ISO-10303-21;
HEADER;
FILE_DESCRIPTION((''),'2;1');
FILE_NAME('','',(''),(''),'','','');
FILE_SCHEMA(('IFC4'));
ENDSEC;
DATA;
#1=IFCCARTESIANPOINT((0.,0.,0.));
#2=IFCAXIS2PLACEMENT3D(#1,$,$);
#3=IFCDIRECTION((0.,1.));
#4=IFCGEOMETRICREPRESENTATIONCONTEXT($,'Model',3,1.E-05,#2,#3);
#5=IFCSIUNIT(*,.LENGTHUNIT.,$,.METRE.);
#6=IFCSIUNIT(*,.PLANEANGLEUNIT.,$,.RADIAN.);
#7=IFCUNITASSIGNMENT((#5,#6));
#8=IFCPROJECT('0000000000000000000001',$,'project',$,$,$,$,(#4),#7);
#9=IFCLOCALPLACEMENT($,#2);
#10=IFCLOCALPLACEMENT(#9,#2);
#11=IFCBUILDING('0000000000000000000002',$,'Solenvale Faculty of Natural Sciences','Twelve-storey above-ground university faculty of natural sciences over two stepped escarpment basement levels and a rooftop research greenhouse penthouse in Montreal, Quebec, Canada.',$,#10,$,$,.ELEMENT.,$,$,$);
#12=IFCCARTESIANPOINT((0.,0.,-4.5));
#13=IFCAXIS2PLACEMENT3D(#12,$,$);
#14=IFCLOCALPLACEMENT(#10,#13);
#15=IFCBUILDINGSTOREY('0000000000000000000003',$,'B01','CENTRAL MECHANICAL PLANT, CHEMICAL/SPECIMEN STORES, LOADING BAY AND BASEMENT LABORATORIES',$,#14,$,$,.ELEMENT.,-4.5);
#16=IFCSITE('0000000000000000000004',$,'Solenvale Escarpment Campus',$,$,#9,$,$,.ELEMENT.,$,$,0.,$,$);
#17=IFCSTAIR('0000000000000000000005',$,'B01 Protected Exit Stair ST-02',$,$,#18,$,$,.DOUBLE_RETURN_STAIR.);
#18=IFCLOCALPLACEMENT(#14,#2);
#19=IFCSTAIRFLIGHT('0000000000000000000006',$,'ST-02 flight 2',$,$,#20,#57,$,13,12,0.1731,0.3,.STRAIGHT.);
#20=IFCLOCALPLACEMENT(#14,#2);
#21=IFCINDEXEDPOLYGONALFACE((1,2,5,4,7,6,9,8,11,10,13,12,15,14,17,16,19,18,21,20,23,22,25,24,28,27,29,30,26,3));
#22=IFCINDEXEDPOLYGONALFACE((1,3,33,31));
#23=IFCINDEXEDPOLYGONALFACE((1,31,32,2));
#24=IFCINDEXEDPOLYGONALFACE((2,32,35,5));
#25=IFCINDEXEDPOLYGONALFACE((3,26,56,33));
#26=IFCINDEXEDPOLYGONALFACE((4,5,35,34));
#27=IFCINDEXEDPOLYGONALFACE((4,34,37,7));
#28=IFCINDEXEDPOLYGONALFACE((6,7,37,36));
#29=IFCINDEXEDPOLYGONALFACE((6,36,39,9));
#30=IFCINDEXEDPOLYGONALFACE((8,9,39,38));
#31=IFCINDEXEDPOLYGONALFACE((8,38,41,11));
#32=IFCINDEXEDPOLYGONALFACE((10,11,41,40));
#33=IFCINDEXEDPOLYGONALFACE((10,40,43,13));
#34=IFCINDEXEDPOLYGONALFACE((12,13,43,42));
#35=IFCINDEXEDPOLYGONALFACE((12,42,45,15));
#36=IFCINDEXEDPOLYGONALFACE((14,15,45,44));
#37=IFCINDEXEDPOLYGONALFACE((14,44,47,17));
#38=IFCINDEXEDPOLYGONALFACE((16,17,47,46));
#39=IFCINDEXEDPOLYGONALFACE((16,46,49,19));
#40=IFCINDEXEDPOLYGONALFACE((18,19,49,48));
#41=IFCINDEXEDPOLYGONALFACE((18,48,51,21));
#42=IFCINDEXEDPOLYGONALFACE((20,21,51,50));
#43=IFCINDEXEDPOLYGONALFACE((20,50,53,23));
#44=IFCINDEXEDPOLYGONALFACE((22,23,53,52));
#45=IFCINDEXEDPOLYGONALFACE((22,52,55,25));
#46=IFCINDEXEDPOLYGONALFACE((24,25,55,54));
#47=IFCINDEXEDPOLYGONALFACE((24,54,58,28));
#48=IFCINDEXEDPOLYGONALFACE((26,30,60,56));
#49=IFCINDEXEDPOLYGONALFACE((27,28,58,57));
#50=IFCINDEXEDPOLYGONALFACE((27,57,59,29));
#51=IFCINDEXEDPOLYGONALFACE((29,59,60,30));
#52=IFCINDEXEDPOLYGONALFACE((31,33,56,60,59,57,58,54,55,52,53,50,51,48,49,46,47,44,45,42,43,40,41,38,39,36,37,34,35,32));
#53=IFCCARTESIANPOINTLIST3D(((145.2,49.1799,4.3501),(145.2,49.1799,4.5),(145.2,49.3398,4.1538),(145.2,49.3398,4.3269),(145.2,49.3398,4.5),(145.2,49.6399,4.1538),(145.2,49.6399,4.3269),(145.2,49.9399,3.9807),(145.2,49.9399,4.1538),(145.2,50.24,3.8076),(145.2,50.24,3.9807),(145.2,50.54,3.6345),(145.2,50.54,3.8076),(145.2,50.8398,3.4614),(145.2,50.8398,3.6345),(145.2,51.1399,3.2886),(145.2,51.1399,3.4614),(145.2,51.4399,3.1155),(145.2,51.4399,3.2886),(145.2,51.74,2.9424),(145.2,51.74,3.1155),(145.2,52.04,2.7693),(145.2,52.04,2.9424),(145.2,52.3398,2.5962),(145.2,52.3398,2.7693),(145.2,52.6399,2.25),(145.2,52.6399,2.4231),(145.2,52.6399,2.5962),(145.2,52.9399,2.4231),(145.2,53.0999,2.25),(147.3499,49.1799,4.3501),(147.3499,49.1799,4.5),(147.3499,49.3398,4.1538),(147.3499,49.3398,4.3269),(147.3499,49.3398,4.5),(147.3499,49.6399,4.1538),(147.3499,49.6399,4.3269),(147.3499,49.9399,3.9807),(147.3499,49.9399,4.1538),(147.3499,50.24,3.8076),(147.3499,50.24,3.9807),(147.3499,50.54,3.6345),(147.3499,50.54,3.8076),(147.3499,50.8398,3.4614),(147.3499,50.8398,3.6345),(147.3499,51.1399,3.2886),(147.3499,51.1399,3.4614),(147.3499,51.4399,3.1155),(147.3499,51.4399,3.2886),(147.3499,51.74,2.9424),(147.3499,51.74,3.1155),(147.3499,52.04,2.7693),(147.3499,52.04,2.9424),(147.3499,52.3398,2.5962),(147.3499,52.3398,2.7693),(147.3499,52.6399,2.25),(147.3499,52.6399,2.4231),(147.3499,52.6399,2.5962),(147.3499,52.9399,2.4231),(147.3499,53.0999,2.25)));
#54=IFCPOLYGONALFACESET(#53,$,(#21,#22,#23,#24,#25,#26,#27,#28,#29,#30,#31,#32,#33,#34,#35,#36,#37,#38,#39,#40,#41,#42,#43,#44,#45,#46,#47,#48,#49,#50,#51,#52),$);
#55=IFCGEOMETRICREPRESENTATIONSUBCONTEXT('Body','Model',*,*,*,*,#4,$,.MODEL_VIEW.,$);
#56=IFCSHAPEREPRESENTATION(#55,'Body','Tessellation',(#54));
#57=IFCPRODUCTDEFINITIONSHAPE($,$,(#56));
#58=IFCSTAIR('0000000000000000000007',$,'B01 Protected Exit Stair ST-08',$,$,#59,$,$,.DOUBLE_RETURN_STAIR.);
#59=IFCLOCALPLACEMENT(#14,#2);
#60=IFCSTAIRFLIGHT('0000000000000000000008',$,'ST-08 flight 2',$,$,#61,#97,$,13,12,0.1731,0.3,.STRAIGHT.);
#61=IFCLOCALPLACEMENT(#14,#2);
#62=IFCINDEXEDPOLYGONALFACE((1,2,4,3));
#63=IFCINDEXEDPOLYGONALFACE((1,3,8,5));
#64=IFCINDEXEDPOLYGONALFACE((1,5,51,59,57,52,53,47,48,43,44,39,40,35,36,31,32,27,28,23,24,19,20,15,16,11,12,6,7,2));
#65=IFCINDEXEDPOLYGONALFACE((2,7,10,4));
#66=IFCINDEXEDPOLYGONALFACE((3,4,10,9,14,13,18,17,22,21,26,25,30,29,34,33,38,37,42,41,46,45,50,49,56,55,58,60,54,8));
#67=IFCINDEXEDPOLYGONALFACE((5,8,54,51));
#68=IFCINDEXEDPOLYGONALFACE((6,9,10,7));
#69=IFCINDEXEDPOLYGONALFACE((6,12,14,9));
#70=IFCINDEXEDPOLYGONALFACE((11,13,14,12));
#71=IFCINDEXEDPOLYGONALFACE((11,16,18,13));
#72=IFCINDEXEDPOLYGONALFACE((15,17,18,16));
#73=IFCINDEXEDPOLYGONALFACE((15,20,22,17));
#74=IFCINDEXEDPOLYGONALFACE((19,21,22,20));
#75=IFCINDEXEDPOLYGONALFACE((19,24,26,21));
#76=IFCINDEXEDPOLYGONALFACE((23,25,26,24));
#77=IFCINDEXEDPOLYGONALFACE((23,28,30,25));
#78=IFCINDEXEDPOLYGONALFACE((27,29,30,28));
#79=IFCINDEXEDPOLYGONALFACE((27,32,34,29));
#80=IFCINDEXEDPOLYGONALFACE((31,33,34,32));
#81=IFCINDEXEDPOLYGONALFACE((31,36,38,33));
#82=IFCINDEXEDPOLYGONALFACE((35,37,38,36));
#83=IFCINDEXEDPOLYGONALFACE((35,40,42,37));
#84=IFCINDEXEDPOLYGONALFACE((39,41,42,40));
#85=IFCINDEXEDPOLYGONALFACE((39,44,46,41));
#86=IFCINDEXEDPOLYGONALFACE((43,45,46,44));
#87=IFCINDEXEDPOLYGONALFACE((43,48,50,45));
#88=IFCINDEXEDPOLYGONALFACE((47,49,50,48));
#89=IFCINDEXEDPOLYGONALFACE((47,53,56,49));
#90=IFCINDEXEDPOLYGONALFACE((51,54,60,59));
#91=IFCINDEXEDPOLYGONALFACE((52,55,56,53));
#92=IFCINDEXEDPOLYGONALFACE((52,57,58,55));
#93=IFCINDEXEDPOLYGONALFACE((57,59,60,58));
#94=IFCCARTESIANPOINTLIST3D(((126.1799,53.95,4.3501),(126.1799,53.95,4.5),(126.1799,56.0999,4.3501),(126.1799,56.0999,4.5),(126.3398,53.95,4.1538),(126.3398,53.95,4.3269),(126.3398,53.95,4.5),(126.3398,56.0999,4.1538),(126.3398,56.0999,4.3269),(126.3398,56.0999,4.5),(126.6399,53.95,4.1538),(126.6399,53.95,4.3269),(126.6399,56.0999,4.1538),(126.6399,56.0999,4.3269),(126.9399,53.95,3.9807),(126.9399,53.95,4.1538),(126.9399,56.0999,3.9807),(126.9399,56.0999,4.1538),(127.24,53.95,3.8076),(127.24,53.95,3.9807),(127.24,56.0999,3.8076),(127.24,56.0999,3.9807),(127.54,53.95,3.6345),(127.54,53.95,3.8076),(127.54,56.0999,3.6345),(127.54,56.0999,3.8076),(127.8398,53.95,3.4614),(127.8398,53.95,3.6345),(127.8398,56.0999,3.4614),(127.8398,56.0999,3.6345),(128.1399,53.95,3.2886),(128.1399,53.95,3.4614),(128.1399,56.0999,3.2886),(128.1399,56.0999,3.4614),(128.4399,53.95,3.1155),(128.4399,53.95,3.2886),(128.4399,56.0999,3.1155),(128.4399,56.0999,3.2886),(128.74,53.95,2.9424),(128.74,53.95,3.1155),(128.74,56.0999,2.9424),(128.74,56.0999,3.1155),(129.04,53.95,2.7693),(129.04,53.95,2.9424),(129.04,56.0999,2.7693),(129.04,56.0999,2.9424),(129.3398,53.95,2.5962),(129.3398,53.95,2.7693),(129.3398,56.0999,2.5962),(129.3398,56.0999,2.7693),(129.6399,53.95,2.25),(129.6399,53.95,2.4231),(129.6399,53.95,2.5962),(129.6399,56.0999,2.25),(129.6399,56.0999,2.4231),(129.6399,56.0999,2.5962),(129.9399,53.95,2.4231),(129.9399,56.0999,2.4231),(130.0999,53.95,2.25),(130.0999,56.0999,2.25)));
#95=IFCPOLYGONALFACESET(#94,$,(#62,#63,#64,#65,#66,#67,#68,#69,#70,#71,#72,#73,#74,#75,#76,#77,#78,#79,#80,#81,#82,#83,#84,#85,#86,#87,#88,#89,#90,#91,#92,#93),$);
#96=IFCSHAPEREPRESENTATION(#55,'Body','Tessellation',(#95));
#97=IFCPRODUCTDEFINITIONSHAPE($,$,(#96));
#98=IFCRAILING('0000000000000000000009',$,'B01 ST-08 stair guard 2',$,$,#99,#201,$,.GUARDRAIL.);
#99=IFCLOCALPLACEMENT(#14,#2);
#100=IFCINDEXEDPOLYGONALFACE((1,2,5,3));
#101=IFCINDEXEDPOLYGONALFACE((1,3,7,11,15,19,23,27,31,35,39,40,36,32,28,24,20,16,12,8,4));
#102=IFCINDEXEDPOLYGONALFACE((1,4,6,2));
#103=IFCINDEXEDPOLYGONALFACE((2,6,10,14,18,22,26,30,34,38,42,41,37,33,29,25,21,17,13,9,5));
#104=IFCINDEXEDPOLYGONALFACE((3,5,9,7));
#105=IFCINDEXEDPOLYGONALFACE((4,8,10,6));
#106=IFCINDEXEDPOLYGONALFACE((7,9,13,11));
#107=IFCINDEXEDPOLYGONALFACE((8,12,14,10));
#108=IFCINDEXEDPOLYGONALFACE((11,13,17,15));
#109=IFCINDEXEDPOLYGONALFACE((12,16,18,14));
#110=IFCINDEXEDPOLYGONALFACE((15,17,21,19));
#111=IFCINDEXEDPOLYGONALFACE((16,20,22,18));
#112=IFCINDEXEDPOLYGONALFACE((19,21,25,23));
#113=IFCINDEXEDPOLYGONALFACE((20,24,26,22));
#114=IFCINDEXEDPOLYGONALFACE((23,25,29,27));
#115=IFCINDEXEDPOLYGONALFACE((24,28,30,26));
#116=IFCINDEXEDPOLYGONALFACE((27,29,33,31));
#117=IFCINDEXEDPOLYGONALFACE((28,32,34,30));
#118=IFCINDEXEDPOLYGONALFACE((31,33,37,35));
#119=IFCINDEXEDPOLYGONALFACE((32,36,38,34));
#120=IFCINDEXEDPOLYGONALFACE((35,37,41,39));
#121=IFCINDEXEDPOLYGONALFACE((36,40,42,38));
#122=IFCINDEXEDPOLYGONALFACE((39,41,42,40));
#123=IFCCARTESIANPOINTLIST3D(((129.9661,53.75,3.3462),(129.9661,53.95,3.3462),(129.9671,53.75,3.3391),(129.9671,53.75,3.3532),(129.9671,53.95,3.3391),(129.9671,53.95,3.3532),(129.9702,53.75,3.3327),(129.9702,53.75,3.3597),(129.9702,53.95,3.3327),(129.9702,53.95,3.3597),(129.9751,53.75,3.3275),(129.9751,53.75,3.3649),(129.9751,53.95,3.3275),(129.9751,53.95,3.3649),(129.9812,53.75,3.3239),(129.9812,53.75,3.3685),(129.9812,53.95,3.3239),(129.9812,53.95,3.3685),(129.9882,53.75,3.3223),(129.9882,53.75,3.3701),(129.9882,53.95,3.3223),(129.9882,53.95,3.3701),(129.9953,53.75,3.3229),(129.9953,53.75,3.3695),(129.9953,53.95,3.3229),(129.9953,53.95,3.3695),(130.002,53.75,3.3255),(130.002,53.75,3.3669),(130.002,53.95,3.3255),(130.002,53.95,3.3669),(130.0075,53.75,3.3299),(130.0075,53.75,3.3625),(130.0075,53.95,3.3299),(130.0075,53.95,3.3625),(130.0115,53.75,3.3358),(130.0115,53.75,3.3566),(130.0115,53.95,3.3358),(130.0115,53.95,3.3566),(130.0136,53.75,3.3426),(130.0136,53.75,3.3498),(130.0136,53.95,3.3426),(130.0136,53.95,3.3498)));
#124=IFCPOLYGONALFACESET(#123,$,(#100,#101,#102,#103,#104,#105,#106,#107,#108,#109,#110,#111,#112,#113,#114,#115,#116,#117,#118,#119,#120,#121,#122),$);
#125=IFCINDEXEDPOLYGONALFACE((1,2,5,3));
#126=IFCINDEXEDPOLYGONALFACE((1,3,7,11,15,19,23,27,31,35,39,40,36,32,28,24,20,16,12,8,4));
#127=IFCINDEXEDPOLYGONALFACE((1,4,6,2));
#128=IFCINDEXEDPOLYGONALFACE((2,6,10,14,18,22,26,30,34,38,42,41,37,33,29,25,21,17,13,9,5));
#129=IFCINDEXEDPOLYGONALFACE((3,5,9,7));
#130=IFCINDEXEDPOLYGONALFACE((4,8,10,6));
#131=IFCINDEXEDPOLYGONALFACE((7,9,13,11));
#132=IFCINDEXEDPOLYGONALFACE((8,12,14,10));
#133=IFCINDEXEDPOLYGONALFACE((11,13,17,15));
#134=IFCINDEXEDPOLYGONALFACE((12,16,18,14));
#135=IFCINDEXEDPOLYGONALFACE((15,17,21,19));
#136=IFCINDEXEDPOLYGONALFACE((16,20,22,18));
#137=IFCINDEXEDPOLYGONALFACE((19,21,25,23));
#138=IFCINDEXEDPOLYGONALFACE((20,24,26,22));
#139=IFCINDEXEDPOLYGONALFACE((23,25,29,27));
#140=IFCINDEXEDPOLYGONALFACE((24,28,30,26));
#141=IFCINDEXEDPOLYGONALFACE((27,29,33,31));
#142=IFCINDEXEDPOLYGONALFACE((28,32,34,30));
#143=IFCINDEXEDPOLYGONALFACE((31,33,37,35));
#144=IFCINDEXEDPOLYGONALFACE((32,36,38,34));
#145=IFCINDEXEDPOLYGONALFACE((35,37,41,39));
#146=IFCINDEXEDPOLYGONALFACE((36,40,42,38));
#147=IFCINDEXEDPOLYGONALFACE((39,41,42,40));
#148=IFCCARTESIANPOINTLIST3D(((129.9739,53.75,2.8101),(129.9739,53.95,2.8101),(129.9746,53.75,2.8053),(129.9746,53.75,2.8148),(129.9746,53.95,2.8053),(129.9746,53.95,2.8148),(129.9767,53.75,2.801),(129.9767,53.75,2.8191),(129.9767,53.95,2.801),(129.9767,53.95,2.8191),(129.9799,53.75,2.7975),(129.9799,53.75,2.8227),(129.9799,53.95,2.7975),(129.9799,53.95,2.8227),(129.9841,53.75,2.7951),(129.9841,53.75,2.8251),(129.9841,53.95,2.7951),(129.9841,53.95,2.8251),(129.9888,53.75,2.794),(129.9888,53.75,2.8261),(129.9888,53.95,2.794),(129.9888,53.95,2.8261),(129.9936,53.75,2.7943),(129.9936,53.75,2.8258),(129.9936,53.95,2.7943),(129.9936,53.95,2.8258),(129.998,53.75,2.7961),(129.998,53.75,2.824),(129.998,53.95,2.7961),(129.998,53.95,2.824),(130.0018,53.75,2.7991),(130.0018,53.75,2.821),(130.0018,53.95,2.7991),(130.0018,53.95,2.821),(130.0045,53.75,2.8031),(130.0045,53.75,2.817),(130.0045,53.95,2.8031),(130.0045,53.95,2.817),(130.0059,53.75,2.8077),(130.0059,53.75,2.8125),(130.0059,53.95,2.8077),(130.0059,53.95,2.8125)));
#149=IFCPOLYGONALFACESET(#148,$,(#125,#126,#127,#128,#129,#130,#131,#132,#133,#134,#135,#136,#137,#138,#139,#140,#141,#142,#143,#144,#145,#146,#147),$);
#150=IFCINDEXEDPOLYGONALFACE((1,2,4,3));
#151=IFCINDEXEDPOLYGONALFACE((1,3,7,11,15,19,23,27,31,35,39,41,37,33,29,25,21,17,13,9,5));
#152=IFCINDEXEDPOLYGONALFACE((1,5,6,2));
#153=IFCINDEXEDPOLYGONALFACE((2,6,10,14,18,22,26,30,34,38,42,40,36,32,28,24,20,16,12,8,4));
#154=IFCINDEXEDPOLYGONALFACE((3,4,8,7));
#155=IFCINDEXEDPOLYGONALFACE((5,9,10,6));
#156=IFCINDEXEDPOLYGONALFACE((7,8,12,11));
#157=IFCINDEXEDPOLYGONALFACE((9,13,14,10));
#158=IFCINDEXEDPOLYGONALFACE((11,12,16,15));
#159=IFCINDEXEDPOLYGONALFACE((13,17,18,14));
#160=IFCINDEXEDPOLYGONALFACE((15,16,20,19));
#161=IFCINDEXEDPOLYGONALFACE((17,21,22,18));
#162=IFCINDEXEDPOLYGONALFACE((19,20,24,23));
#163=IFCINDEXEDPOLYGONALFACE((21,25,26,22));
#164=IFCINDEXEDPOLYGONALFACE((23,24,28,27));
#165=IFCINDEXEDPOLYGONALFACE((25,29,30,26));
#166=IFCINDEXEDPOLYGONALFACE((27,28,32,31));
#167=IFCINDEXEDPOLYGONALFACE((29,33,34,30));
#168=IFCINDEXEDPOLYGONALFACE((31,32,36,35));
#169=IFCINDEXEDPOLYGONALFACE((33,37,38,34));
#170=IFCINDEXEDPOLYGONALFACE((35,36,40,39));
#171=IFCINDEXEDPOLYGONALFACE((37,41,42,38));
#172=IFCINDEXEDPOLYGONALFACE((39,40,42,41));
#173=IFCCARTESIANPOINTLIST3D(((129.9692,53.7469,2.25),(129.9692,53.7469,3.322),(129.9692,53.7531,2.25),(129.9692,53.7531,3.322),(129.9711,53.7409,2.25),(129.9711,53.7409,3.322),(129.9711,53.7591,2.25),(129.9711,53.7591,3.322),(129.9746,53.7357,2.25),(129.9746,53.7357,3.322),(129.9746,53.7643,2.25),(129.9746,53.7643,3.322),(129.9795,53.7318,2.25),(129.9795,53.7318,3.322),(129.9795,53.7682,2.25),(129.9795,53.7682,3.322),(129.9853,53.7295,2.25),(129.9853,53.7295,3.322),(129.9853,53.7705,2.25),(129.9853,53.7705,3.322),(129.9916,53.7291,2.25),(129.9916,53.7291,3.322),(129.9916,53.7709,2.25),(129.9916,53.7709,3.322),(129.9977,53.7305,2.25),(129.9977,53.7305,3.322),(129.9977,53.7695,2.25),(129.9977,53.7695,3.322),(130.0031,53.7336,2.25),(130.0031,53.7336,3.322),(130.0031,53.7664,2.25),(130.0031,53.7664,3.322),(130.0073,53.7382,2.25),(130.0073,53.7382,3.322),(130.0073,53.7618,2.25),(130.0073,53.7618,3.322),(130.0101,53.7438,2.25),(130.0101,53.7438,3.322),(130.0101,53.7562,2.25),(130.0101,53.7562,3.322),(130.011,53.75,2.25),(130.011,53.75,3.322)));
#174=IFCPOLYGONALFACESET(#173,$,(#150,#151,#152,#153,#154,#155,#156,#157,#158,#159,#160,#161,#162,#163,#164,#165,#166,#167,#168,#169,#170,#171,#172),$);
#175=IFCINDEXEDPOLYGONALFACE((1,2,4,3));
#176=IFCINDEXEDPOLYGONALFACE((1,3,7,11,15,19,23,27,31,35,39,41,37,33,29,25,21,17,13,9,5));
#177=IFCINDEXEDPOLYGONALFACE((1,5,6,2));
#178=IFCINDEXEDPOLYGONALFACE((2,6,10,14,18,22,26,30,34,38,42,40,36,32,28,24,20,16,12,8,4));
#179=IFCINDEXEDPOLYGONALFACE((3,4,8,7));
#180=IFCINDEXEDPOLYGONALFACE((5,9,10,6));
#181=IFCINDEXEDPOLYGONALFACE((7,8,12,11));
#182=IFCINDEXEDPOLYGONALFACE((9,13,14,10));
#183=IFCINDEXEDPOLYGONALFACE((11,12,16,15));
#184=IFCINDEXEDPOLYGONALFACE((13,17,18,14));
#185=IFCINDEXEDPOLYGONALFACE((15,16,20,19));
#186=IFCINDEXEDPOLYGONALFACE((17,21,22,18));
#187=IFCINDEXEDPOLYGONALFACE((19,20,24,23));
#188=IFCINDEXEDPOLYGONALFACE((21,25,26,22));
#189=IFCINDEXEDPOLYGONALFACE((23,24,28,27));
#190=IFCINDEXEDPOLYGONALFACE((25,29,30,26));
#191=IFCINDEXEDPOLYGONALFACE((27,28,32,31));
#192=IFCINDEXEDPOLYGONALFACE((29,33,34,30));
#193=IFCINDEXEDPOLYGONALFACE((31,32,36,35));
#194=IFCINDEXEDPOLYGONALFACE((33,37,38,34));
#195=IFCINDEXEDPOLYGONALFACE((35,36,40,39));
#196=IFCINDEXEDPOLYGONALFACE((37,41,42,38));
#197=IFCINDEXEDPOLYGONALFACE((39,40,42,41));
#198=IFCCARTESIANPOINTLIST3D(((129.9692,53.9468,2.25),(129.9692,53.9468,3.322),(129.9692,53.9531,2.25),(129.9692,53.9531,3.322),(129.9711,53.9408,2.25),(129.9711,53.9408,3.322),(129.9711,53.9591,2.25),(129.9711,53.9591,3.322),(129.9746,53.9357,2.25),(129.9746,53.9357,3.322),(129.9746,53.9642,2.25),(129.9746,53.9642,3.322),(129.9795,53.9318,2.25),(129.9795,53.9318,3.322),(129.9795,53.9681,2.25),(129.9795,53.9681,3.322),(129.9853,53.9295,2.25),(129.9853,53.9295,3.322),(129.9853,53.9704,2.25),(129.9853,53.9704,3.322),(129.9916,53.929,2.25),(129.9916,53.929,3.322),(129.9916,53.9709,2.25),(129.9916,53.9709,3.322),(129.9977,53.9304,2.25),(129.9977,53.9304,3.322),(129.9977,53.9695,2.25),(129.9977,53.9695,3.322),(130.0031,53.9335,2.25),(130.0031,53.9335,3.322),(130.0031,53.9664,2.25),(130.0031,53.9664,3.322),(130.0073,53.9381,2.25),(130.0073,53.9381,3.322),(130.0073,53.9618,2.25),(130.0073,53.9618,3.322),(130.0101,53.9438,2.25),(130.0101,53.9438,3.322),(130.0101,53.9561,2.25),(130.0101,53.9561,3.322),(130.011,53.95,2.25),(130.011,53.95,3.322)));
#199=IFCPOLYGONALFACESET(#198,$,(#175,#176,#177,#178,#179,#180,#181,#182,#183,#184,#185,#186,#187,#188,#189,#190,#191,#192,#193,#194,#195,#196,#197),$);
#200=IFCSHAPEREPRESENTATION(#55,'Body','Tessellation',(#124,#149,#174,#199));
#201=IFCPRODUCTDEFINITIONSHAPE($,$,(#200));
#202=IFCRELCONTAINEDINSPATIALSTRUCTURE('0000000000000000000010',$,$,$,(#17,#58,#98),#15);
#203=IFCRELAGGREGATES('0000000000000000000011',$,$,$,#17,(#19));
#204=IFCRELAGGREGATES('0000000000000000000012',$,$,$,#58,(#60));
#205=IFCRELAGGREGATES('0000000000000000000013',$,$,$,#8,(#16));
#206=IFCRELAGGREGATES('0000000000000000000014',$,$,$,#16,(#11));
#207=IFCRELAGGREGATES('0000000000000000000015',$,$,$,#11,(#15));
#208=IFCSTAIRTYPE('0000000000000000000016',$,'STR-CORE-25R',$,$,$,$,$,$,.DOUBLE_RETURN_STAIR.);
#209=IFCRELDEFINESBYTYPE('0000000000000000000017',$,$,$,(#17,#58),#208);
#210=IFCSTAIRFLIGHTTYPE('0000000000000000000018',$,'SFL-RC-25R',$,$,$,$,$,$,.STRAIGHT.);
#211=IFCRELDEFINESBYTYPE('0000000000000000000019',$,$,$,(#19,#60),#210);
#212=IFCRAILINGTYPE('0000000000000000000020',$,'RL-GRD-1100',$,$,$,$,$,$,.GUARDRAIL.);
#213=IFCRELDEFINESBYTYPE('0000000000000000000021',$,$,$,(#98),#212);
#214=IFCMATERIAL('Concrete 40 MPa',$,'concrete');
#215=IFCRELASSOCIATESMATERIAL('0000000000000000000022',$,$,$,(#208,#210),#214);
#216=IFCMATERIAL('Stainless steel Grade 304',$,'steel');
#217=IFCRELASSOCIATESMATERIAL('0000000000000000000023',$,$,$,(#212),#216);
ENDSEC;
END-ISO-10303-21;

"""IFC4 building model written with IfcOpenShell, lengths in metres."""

from ifc_helpers import new_model, si_unit, direction, frame, origin, origin_2d, place, context, subcontext, project, spatial, polyline, circle, outline, extrude, material, type_object, element, aggregate, save


model = new_model("IFC4")

# Units and contexts
model_context = context("Model", 3, precision=1e-05, world=origin(), true_north=direction((0.0, 1.0)))
body_context = subcontext(model_context, "Body", "Model", "MODEL_VIEW")
ifc_project = project(units=[si_unit("LENGTHUNIT", "METRE"), si_unit("PLANEANGLEUNIT", "RADIAN")], contexts=[model_context])

# Site, building, storey
site_placement = place(None, origin())
site = spatial("IfcSite", under=ifc_project, at=site_placement, Name="Solenvale Escarpment Campus", CompositionType="ELEMENT", RefElevation=0.0)
building_placement = place(site_placement, origin())
building = spatial("IfcBuilding", under=site, at=building_placement, Name="Solenvale Faculty of Natural Sciences", Description="Twelve-storey above-ground university faculty of natural sciences over two stepped escarpment basement levels and a rooftop research greenhouse penthouse in Montreal, Quebec, Canada.", CompositionType="ELEMENT")
storey_placement = place(building_placement, frame((0.0, 0.0, -4.5)))
storey = spatial("IfcBuildingStorey", under=building, at=storey_placement, Name="B01", Description="CENTRAL MECHANICAL PLANT, CHEMICAL/SPECIMEN STORES, LOADING BAY AND BASEMENT LABORATORIES", CompositionType="ELEMENT", Elevation=-4.5)

# Shared definitions
ifc_material_1 = material(Name="Concrete 40 MPa", Category="concrete")

# Stairs, stair flights
stair_type = type_object("IfcStairType", Name="STR-CORE-25R", PredefinedType="DOUBLE_RETURN_STAIR", material=ifc_material_1)
stair_1_placement = place(storey_placement, origin())
stair_1 = element("IfcStair", 1, at=stair_1_placement, inside=storey, type_object=stair_type, Name="B01 Protected Exit Stair ST-02", PredefinedType="DOUBLE_RETURN_STAIR")
stair_flight_type = type_object("IfcStairFlightType", Name="SFL-RC-25R", PredefinedType="STRAIGHT", material=ifc_material_1)
stair_flight_1_placement = place(storey_placement, frame((146.2749, 52.9399, 2.25), z_axis=(0.0, 0.0, 1.0), x_axis=(0.0, -1.0, 0.0)))
stair_flight_1 = element("IfcStairFlight", 2, at=stair_flight_1_placement, type_object=stair_flight_type, Name="ST-02 flight 2", NumberOfRisers=13, NumberOfTreads=12, PredefinedType="STRAIGHT", RiserHeight=0.1731, TreadLength=0.3, context=body_context, shape_type="SweptSolid", body=[
    extrude(outline(polyline([(-0.1599, 0.0), (0.0, 0.1731), (0.3, 0.1731), (0.3, 0.3462), (0.6001, 0.3462), (0.6001, 0.5193), (0.8999, 0.5193), (0.8999, 0.6924), (1.2, 0.6924), (1.2, 0.8655), (1.5, 0.8655), (1.5, 1.0386), (1.8, 1.0386), (1.8, 1.2114), (2.1001, 1.2114), (2.1001, 1.3845), (2.3999, 1.3845), (2.3999, 1.5576), (2.7, 1.5576), (2.7, 1.7307), (3.0, 1.7307), (3.0, 1.9038), (3.3, 1.9038), (3.3, 2.0769), (3.6001, 2.0769), (3.6001, 2.25), (3.76, 2.25), (3.76, 2.1001), (3.6001, 1.9038), (0.3, 0.0), (-0.1599, 0.0)])), frame((0.0, 1.075, 0.0), z_axis=(0.0, -1.0, 0.0), x_axis=(1.0, 0.0, 0.0)), (0.0, 0.0, 1.0), 2.1499),
])
aggregate(stair_1, [stair_flight_1])
stair_2_placement = place(storey_placement, origin())
stair_2 = element("IfcStair", 3, at=stair_2_placement, inside=storey, type_object=stair_type, Name="B01 Protected Exit Stair ST-08", PredefinedType="DOUBLE_RETURN_STAIR")
stair_flight_2_placement = place(storey_placement, frame((129.9399, 55.0249, 2.25), z_axis=(0.0, 0.0, 1.0), x_axis=(-1.0, 0.0, 0.0)))
stair_flight_2 = element("IfcStairFlight", 4, at=stair_flight_2_placement, type_object=stair_flight_type, Name="ST-08 flight 2", NumberOfRisers=13, NumberOfTreads=12, PredefinedType="STRAIGHT", RiserHeight=0.1731, TreadLength=0.3, context=body_context, shape_type="SweptSolid", body=[
    extrude(outline(polyline([(-0.1599, 0.0), (0.0, 0.1731), (0.3, 0.1731), (0.3, 0.3462), (0.6001, 0.3462), (0.6001, 0.5193), (0.8999, 0.5193), (0.8999, 0.6924), (1.2, 0.6924), (1.2, 0.8655), (1.5, 0.8655), (1.5, 1.0386), (1.8, 1.0386), (1.8, 1.2114), (2.1001, 1.2114), (2.1001, 1.3845), (2.3999, 1.3845), (2.3999, 1.5576), (2.7, 1.5576), (2.7, 1.7307), (3.0, 1.7307), (3.0, 1.9038), (3.3, 1.9038), (3.3, 2.0769), (3.6001, 2.0769), (3.6001, 2.25), (3.76, 2.25), (3.76, 2.1001), (3.6001, 1.9038), (0.3, 0.0), (-0.1599, 0.0)])), frame((0.0, 1.075, 0.0), z_axis=(0.0, -1.0, 0.0), x_axis=(1.0, 0.0, 0.0)), (0.0, 0.0, 1.0), 2.1499),
])
aggregate(stair_2, [stair_flight_2])

# Railing
ifc_material_2 = material(Name="Stainless steel Grade 304", Category="steel")
railing_type_1 = type_object("IfcRailingType", Name="RL-GRD-1100", PredefinedType="GUARDRAIL", material=ifc_material_2)
railing_1_placement = place(storey_placement, frame((129.99, 53.75, 2.25)))
element("IfcRailing", 5, at=railing_1_placement, inside=storey, type_object=railing_type_1, Name="B01 ST-08 stair guard 2", PredefinedType="GUARDRAIL", context=body_context, shape_type="SweptSolid", body=[
    extrude(circle(Radius=0.0239, at=origin_2d()), frame((0.0, 0.0, 1.0962), z_axis=(0.0, 1.0, 0.0), x_axis=(-1.0, 0.0, 0.0)), (0.0, 0.0, 1.0), 0.2),
    extrude(circle(Radius=0.0161, at=origin_2d()), frame((0.0, 0.0, 0.5601), z_axis=(0.0, 1.0, 0.0), x_axis=(-1.0, 0.0, 0.0)), (0.0, 0.0, 1.0), 0.2),
    extrude(circle(Radius=0.021, at=origin_2d()), origin(), (0.0, 0.0, 1.0), 1.072),
    extrude(circle(Radius=0.021, at=origin_2d()), frame((0.0, 0.2, 0.0)), (0.0, 0.0, 1.0), 1.072),
])

save(model, "model.ifc")
